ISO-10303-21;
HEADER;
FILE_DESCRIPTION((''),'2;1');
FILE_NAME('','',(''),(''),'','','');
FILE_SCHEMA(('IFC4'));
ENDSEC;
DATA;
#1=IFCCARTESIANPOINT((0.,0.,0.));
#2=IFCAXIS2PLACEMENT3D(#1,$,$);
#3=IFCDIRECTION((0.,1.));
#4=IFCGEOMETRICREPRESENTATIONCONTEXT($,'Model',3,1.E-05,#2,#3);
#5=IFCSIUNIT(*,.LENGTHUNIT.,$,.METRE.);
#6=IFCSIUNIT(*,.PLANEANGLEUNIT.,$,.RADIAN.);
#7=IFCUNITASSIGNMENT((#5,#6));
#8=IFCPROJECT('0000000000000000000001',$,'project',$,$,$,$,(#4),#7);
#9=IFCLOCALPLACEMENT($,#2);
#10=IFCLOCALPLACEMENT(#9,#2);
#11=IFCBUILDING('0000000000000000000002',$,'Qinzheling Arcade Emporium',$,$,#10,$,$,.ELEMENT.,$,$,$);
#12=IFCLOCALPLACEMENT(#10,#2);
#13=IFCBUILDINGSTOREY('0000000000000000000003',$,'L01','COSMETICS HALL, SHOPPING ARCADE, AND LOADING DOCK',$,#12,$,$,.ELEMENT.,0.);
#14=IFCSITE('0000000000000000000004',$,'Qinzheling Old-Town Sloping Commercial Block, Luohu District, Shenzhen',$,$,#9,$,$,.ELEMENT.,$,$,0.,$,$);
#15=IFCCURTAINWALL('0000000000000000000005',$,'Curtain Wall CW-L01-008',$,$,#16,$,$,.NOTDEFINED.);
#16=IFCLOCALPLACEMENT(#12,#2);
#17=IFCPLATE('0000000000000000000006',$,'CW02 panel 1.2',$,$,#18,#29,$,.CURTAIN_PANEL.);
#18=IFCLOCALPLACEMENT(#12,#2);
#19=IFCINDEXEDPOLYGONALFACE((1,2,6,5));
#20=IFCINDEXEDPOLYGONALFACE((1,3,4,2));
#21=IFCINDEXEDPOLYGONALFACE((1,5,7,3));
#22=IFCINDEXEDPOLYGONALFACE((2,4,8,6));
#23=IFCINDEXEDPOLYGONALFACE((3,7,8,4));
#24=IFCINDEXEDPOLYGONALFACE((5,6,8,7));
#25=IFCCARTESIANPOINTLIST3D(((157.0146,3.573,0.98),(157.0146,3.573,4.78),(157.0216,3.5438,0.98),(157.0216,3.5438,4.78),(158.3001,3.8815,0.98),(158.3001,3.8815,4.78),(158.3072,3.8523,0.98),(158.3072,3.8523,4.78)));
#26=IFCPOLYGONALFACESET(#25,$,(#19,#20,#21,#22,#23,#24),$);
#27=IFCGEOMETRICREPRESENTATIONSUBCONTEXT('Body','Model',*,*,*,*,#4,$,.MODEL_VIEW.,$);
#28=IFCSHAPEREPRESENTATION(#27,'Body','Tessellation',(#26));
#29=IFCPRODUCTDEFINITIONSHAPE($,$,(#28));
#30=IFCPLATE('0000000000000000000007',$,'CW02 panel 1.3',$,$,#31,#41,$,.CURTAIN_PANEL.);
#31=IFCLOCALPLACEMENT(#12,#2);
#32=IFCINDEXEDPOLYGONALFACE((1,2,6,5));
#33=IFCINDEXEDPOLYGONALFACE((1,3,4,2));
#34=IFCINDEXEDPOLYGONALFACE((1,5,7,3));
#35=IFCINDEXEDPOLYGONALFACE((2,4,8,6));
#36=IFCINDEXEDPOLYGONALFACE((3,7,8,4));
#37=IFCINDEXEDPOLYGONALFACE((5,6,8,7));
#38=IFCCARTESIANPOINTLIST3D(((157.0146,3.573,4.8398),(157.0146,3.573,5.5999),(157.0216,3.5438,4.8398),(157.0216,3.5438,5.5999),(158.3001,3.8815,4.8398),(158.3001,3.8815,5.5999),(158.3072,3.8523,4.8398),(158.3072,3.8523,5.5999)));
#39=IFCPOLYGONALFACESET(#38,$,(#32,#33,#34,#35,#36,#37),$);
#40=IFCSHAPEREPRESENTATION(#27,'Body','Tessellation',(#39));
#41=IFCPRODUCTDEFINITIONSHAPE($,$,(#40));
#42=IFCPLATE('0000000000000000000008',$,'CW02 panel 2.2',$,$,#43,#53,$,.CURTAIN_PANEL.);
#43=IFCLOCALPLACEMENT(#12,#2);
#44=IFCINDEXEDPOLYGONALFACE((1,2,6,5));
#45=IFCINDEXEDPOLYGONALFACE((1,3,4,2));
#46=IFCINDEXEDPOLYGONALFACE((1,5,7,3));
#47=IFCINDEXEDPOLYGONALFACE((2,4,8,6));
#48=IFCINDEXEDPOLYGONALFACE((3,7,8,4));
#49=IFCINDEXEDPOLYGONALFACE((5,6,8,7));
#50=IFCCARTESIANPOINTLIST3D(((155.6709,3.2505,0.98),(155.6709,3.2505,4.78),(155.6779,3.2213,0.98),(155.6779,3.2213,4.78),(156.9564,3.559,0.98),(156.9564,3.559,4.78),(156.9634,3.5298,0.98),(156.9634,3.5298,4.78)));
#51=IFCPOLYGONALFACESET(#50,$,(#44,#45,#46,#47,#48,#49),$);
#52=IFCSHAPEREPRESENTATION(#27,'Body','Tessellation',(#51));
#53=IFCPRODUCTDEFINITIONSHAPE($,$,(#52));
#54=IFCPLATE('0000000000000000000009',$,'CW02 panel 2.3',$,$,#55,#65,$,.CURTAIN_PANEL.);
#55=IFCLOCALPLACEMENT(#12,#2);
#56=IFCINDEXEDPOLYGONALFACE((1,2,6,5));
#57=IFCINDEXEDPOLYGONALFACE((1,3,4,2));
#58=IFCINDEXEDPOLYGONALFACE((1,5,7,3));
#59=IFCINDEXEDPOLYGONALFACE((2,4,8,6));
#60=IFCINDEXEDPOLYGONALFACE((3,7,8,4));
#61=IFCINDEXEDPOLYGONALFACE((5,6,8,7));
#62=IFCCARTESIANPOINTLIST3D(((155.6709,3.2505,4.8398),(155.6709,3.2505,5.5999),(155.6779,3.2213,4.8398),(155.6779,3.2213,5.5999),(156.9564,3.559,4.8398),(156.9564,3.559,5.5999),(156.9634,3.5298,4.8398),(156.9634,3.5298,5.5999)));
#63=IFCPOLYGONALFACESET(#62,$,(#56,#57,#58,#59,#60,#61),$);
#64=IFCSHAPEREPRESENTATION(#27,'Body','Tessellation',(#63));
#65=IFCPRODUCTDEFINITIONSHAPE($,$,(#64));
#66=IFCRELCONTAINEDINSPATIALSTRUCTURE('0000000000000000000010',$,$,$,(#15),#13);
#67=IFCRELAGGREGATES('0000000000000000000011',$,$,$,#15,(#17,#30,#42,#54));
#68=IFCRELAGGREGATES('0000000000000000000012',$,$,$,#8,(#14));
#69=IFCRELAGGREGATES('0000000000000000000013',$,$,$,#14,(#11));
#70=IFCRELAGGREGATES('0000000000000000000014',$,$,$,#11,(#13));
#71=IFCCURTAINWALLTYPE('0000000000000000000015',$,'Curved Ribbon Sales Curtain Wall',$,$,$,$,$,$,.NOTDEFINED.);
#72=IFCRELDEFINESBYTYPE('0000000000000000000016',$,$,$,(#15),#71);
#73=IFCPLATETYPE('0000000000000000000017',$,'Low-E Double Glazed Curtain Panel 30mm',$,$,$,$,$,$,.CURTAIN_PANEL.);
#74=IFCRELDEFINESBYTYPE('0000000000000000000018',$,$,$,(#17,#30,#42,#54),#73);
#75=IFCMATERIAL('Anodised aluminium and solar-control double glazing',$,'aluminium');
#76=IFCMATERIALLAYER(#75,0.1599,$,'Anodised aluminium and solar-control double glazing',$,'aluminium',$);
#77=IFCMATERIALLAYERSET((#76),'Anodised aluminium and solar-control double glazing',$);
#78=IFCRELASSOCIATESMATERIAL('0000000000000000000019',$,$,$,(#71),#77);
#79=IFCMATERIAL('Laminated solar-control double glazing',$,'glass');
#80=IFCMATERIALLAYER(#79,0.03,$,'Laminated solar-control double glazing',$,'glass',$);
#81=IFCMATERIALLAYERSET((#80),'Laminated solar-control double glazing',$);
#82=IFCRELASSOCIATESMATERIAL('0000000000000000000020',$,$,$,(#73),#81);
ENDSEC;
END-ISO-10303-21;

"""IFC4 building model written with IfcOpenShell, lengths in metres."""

from ifc_helpers import new_model, si_unit, direction, frame, origin, origin_2d, place, context, subcontext, project, spatial, rectangle, extrude, material, layer, layer_set, type_object, element, aggregate, save


model = new_model("IFC4")

# Units and contexts
model_context = context("Model", 3, precision=1e-05, world=origin(), true_north=direction((0.0, 1.0)))
body_context = subcontext(model_context, "Body", "Model", "MODEL_VIEW")
ifc_project = project(units=[si_unit("LENGTHUNIT", "METRE"), si_unit("PLANEANGLEUNIT", "RADIAN")], contexts=[model_context])

# Site, building, storey
site_placement = place(None, origin())
site = spatial("IfcSite", under=ifc_project, at=site_placement, Name="Qinzheling Old-Town Sloping Commercial Block, Luohu District, Shenzhen", CompositionType="ELEMENT", RefElevation=0.0)
building_placement = place(site_placement, origin())
building = spatial("IfcBuilding", under=site, at=building_placement, Name="Qinzheling Arcade Emporium", CompositionType="ELEMENT")
storey_placement = place(building_placement, origin())
storey = spatial("IfcBuildingStorey", under=building, at=storey_placement, Name="L01", Description="COSMETICS HALL, SHOPPING ARCADE, AND LOADING DOCK", CompositionType="ELEMENT", Elevation=0.0)

# Curtain wall
ifc_material_1 = material(Name="Anodised aluminium and solar-control double glazing", Category="aluminium")
ifc_layer_1 = layer(ifc_material_1, 0.1599, Name="Anodised aluminium and solar-control double glazing", Category="aluminium")
ifc_layer_set_1 = layer_set([ifc_layer_1], Name="Anodised aluminium and solar-control double glazing")
curtain_wall_type = type_object("IfcCurtainWallType", Name="Curved Ribbon Sales Curtain Wall", PredefinedType="NOTDEFINED", material=ifc_layer_set_1)
curtain_wall_1_placement = place(storey_placement, origin())
curtain_wall_1 = element("IfcCurtainWall", 1, at=curtain_wall_1_placement, inside=storey, type_object=curtain_wall_type, Name="Curtain Wall CW-L01-008", PredefinedType="NOTDEFINED")

# Plates
ifc_material_2 = material(Name="Laminated solar-control double glazing", Category="glass")
ifc_layer_2 = layer(ifc_material_2, 0.03, Name="Laminated solar-control double glazing", Category="glass")
ifc_layer_set_2 = layer_set([ifc_layer_2], Name="Laminated solar-control double glazing")
plate_type_1 = type_object("IfcPlateType", Name="Low-E Double Glazed Curtain Panel 30mm", PredefinedType="CURTAIN_PANEL", material=ifc_layer_set_2)
plate_1_placement = place(storey_placement, frame((157.6609, 3.7126, 0.98), z_axis=(0.0, 0.0, 1.0), x_axis=(-0.972391, -0.23336, 0.0)))
plate_1 = element("IfcPlate", 2, at=plate_1_placement, type_object=plate_type_1, Name="CW02 panel 1.2", PredefinedType="CURTAIN_PANEL", context=body_context, shape_type="SweptSolid", body=[
    extrude(rectangle(XDim=1.322, YDim=0.03, at=origin_2d()), origin(), (0.0, 0.0, 1.0), 3.8),
])
plate_2_placement = place(storey_placement, frame((157.6609, 3.7126, 4.8398), z_axis=(0.0, 0.0, 1.0), x_axis=(-0.972391, -0.23336, 0.0)))
plate_2 = element("IfcPlate", 3, at=plate_2_placement, type_object=plate_type_1, Name="CW02 panel 1.3", PredefinedType="CURTAIN_PANEL", context=body_context, shape_type="SweptSolid", body=[
    extrude(rectangle(XDim=1.322, YDim=0.03, at=origin_2d()), origin(), (0.0, 0.0, 1.0), 0.76),
])
plate_3_placement = place(storey_placement, frame((156.3171, 3.3901, 0.98), z_axis=(0.0, 0.0, 1.0), x_axis=(-0.972391, -0.23336, 0.0)))
plate_3 = element("IfcPlate", 4, at=plate_3_placement, type_object=plate_type_1, Name="CW02 panel 2.2", PredefinedType="CURTAIN_PANEL", context=body_context, shape_type="SweptSolid", body=[
    extrude(rectangle(XDim=1.322, YDim=0.03, at=origin_2d()), origin(), (0.0, 0.0, 1.0), 3.8),
])
plate_4_placement = place(storey_placement, frame((156.3171, 3.3901, 4.8398), z_axis=(0.0, 0.0, 1.0), x_axis=(-0.972391, -0.23336, 0.0)))
plate_4 = element("IfcPlate", 5, at=plate_4_placement, type_object=plate_type_1, Name="CW02 panel 2.3", PredefinedType="CURTAIN_PANEL", context=body_context, shape_type="SweptSolid", body=[
    extrude(rectangle(XDim=1.322, YDim=0.03, at=origin_2d()), origin(), (0.0, 0.0, 1.0), 0.76),
])
aggregate(curtain_wall_1, [plate_1, plate_2, plate_3, plate_4])

save(model, "model.ifc")
